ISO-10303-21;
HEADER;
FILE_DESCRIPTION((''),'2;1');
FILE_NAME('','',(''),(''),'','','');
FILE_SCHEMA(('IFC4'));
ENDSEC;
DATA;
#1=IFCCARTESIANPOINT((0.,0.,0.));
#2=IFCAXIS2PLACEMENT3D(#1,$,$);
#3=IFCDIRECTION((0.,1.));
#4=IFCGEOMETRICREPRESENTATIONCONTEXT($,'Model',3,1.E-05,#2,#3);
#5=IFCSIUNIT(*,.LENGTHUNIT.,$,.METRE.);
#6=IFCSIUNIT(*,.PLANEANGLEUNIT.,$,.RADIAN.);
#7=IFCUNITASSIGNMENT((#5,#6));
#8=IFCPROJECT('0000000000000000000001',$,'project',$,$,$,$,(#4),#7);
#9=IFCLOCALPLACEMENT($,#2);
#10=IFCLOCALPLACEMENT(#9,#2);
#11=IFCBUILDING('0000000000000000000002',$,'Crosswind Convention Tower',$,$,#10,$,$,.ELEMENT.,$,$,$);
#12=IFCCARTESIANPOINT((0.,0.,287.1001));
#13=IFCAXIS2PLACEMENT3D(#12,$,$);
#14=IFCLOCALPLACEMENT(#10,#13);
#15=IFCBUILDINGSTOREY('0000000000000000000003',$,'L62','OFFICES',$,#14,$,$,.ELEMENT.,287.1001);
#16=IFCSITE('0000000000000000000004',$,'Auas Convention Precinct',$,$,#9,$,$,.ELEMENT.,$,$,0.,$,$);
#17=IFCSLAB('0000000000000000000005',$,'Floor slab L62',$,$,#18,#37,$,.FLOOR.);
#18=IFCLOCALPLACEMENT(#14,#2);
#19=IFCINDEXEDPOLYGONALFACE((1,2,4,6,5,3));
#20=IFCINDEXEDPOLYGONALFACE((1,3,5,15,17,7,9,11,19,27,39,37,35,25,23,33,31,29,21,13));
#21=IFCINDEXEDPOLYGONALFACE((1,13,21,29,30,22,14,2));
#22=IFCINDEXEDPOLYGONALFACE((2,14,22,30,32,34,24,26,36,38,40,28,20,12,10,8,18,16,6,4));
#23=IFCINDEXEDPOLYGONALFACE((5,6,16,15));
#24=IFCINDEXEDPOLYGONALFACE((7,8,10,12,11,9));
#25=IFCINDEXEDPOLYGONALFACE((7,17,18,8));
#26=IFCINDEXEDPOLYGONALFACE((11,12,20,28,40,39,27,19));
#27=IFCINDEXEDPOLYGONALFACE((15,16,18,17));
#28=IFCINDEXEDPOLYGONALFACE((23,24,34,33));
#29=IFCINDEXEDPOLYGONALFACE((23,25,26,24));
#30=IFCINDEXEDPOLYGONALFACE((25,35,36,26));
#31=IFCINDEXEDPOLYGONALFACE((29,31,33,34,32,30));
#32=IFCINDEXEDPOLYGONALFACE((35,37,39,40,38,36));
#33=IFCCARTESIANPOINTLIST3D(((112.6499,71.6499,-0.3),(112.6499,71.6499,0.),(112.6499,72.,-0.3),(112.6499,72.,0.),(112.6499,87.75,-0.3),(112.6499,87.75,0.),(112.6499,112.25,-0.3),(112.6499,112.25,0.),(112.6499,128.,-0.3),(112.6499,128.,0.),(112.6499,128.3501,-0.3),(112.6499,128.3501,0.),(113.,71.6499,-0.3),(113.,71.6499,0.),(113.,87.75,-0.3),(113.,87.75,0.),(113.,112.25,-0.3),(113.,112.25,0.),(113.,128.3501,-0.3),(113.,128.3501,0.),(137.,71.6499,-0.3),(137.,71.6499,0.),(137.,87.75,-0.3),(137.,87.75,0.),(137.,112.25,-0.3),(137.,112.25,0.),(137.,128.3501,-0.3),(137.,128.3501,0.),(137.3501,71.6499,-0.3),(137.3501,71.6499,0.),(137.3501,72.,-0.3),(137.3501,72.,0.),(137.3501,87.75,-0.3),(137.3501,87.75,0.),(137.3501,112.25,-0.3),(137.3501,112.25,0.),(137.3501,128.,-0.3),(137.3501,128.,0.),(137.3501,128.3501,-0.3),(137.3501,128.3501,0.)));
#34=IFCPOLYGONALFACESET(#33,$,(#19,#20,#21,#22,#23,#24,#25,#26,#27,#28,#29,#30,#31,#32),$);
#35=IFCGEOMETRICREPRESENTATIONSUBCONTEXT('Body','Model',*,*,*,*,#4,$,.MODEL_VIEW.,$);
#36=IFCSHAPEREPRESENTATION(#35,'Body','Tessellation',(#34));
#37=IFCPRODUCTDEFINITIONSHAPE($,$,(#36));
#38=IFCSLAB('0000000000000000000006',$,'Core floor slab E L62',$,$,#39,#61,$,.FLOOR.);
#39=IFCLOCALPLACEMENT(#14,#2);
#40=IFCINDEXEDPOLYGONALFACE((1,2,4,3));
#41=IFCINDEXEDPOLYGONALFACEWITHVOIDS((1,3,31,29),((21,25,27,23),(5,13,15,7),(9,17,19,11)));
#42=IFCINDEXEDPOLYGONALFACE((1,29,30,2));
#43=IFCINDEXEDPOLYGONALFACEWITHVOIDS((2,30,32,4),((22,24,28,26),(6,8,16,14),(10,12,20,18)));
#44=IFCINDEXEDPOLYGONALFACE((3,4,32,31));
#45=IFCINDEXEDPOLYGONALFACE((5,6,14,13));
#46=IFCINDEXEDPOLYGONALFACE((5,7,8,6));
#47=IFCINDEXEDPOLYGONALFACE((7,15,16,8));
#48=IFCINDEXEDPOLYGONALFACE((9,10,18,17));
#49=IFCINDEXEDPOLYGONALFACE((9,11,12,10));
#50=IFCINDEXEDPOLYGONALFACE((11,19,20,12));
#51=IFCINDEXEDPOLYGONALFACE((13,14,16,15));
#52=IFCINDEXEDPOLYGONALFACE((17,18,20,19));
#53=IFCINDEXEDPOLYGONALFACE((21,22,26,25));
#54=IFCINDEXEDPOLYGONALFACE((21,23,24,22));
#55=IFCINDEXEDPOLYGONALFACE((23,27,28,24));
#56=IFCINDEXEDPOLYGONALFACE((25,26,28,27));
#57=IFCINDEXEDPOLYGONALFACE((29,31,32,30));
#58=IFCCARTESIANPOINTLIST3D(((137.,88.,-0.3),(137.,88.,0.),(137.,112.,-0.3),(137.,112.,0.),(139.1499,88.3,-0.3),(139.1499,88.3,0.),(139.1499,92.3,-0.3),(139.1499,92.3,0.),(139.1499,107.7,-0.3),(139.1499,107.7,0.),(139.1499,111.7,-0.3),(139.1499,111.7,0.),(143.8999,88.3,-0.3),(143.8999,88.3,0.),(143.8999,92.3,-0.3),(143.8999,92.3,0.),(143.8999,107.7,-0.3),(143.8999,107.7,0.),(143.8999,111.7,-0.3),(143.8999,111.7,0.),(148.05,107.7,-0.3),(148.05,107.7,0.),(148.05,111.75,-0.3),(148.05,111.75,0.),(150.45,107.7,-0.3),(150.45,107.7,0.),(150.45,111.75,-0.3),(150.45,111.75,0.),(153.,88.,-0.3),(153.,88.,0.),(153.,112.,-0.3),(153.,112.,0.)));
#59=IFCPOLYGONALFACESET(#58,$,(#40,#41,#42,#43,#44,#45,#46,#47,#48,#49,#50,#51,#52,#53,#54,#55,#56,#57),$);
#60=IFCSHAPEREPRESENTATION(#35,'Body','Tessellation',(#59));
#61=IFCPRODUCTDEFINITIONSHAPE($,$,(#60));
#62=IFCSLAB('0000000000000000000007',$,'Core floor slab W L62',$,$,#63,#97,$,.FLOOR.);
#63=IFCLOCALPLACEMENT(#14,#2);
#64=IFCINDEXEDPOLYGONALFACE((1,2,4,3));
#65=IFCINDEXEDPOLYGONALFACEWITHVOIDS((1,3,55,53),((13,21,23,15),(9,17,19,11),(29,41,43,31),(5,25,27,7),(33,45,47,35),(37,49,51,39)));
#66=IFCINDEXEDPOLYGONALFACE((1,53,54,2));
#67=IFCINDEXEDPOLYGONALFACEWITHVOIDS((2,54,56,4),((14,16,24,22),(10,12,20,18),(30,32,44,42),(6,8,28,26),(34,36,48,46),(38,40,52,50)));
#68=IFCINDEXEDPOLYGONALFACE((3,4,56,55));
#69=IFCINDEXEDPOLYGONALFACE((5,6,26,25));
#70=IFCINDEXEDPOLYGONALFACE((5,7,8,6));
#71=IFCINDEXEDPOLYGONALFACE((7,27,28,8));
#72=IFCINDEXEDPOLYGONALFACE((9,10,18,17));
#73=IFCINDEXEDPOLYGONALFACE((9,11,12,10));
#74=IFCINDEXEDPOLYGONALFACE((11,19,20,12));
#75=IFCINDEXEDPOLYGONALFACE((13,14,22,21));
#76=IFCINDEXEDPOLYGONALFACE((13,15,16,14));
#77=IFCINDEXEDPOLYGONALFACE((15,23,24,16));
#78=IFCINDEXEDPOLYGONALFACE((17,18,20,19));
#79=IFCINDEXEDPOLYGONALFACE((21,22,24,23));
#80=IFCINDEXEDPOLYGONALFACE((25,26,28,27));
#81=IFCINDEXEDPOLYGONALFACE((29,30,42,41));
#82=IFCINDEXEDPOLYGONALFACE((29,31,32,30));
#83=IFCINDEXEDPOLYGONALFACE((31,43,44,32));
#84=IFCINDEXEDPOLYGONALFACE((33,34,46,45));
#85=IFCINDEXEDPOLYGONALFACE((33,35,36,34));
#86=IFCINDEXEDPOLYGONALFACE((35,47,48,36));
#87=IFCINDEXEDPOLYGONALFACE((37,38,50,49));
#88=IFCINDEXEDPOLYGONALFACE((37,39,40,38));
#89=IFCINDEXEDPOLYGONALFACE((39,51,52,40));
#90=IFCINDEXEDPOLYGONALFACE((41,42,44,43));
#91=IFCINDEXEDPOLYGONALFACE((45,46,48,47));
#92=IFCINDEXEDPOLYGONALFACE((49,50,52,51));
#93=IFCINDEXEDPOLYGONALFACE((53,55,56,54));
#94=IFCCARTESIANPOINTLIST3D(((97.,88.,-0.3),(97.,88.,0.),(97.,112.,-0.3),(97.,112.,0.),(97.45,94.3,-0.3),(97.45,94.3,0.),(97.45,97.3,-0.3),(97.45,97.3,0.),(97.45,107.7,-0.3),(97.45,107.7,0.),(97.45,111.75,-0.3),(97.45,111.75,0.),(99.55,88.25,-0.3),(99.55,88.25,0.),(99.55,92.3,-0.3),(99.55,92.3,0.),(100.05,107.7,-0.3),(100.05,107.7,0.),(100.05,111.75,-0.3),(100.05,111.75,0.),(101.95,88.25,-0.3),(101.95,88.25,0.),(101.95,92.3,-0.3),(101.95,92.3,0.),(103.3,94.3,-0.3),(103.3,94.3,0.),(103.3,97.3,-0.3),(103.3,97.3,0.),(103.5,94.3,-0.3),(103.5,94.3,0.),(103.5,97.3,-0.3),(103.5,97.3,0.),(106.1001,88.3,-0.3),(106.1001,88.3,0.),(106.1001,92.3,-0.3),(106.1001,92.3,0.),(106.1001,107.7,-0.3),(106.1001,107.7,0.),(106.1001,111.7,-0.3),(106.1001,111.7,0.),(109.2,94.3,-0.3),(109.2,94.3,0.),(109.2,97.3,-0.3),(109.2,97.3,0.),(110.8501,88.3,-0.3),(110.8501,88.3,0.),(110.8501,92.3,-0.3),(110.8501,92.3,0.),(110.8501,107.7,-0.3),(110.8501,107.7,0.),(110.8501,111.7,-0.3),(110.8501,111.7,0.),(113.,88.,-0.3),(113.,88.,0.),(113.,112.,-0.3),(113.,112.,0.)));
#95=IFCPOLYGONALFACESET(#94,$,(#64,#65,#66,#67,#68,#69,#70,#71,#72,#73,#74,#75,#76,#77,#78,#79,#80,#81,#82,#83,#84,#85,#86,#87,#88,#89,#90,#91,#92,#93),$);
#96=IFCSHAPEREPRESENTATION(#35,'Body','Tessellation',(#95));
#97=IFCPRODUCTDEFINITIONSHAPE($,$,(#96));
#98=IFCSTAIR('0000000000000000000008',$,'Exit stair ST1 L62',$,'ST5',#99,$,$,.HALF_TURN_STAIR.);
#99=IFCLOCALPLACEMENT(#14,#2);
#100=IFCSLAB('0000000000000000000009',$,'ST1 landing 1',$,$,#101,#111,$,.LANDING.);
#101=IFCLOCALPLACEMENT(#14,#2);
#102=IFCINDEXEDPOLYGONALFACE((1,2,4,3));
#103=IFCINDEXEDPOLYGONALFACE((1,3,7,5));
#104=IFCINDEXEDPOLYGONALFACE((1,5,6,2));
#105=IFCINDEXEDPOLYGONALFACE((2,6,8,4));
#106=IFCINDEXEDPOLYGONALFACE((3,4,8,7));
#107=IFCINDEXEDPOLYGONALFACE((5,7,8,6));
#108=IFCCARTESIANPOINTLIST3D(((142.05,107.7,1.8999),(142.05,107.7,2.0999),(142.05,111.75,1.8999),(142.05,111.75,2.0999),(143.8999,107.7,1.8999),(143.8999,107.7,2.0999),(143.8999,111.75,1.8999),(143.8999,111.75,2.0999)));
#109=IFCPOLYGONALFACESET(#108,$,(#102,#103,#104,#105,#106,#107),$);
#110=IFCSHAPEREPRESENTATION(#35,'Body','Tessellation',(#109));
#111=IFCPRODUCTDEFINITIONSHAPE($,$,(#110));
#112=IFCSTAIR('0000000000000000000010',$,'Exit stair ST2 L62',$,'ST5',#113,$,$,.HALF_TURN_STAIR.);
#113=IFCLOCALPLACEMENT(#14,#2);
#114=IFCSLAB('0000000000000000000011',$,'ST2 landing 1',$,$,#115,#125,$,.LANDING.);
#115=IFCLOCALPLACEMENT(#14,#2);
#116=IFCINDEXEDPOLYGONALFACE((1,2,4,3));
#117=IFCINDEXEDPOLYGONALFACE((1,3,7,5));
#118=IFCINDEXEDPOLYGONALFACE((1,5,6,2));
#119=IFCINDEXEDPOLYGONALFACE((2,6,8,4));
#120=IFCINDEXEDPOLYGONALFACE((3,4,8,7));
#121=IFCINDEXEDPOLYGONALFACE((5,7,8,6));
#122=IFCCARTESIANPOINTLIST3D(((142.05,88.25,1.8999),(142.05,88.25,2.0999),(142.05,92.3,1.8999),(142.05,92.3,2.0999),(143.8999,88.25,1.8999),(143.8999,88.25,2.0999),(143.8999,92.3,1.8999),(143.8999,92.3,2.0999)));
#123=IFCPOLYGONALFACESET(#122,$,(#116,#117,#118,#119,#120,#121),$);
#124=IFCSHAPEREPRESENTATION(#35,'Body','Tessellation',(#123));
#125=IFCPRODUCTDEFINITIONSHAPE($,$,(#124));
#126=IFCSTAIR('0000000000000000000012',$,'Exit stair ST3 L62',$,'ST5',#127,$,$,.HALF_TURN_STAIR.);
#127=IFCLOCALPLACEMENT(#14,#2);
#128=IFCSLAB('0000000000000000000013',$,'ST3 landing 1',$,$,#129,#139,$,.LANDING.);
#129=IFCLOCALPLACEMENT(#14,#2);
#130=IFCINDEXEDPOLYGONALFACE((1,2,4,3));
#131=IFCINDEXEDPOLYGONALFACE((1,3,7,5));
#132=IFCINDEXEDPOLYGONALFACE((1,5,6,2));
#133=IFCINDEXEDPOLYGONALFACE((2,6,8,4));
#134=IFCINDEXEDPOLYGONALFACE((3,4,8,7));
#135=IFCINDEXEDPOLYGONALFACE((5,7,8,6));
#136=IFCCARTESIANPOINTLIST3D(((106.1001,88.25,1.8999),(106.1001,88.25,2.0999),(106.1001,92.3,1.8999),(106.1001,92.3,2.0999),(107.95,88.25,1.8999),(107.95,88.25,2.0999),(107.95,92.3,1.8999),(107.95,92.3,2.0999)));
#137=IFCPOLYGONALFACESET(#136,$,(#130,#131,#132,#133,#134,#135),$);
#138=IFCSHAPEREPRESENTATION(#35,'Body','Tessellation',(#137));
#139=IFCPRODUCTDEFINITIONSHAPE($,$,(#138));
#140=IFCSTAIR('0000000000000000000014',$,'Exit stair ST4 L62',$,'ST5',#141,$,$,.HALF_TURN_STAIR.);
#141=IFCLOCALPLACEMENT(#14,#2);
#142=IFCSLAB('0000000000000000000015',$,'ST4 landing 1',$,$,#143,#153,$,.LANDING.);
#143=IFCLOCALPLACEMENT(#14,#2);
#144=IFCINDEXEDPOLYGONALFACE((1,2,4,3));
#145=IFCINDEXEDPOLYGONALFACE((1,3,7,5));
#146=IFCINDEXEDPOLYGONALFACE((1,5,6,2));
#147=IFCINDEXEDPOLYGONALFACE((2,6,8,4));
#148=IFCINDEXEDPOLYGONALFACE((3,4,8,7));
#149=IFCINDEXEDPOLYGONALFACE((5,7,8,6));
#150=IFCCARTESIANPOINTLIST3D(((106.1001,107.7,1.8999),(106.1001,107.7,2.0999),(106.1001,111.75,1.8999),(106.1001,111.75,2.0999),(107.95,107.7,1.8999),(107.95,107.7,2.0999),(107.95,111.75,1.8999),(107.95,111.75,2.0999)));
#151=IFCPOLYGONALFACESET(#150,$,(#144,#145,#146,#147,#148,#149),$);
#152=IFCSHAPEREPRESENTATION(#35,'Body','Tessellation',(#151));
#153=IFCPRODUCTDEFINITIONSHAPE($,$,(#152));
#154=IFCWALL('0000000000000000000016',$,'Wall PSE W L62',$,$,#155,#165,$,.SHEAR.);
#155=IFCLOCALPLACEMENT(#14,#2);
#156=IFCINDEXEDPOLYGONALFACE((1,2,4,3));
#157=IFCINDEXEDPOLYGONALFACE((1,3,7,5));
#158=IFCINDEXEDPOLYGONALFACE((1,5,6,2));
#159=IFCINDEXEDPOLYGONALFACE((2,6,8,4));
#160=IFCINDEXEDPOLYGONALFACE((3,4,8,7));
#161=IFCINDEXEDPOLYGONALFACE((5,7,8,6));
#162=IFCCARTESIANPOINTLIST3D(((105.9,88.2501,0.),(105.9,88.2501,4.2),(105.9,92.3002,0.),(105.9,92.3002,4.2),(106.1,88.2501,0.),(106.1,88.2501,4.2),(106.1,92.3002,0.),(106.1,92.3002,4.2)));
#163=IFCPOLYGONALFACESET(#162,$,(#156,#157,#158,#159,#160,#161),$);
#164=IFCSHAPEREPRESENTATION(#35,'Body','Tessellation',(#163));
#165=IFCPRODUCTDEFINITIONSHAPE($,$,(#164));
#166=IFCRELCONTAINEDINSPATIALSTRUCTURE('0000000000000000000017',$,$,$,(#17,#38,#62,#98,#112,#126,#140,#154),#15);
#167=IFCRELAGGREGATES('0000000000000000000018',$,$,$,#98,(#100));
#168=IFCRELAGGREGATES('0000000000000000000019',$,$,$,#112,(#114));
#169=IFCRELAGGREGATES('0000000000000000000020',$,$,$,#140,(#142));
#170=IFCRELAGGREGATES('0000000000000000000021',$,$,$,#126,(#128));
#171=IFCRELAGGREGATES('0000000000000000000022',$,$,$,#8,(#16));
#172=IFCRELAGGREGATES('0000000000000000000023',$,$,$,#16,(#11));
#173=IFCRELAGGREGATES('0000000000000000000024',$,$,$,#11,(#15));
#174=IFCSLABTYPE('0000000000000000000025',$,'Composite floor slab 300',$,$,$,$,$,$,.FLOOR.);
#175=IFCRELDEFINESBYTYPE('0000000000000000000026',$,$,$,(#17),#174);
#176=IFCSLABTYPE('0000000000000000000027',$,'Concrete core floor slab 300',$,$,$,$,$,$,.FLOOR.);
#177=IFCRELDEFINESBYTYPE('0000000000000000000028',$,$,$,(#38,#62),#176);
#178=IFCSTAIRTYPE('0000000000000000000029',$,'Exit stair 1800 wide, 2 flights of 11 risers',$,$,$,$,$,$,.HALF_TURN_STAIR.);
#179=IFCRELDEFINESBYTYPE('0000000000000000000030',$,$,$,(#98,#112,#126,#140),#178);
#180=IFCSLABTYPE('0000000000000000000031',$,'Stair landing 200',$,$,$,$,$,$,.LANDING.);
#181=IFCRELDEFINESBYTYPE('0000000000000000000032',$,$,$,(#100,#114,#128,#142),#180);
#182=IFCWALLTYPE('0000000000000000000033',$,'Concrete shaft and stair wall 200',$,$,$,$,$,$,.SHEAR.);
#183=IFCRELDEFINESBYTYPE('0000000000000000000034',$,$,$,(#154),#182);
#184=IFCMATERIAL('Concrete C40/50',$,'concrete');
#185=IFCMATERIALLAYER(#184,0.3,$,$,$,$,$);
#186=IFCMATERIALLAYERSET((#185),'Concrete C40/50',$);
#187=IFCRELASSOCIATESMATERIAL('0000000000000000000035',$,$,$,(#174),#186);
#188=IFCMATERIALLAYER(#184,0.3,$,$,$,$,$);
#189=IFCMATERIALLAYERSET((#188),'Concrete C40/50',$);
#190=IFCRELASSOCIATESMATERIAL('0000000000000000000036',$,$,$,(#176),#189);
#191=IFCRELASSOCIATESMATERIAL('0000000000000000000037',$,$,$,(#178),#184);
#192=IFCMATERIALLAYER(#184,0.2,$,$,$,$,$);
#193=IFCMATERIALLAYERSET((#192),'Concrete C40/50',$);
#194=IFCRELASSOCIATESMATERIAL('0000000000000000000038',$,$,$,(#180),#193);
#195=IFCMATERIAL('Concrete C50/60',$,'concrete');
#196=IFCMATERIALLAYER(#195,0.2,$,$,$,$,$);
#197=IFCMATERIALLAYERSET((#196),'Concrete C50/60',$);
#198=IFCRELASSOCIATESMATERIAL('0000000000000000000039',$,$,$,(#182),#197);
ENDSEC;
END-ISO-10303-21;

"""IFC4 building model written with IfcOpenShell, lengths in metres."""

from ifc_helpers import new_model, si_unit, direction, frame, frame_2d, origin, place, context, subcontext, project, spatial, polyline, rectangle, outline, extrude, material, layer, layer_set, type_object, element, aggregate, save


model = new_model("IFC4")

# Units and contexts
model_context = context("Model", 3, precision=1e-05, world=origin(), true_north=direction((0.0, 1.0)))
body_context = subcontext(model_context, "Body", "Model", "MODEL_VIEW")
ifc_project = project(units=[si_unit("LENGTHUNIT", "METRE"), si_unit("PLANEANGLEUNIT", "RADIAN")], contexts=[model_context])

# Site, building, storey
site_placement = place(None, origin())
site = spatial("IfcSite", under=ifc_project, at=site_placement, Name="Auas Convention Precinct", CompositionType="ELEMENT", RefElevation=0.0)
building_placement = place(site_placement, origin())
building = spatial("IfcBuilding", under=site, at=building_placement, Name="Crosswind Convention Tower", CompositionType="ELEMENT")
storey_placement = place(building_placement, frame((0.0, 0.0, 287.1001)))
storey = spatial("IfcBuildingStorey", under=building, at=storey_placement, Name="L62", Description="OFFICES", CompositionType="ELEMENT", Elevation=287.1001)

# Slabs
ifc_material_1 = material(Name="Concrete C40/50", Category="concrete")
ifc_layer_1 = layer(ifc_material_1, 0.3)
ifc_layer_set_1 = layer_set([ifc_layer_1], Name="Concrete C40/50")
slab_type_1 = type_object("IfcSlabType", Name="Composite floor slab 300", PredefinedType="FLOOR", material=ifc_layer_set_1)
slab_1_placement = place(storey_placement, frame((0.0, 0.0, -0.3)))
element("IfcSlab", 1, at=slab_1_placement, inside=storey, type_object=slab_type_1, Name="Floor slab L62", PredefinedType="FLOOR", context=body_context, shape_type="SweptSolid", body=[
    extrude(outline(polyline([(137.3501, 71.6499), (137.0, 71.6499), (113.0, 71.6499), (112.6499, 71.6499), (112.6499, 72.0), (112.6499, 87.75), (113.0, 87.75), (113.0, 112.25), (112.6499, 112.25), (112.6499, 128.0), (112.6499, 128.3501), (113.0, 128.3501), (137.0, 128.3501), (137.3501, 128.3501), (137.3501, 128.0), (137.3501, 112.25), (137.0, 112.25), (137.0, 87.75), (137.3501, 87.75), (137.3501, 72.0), (137.3501, 71.6499)])), origin(), (0.0, 0.0, 1.0), 0.3),
])
ifc_layer_2 = layer(ifc_material_1, 0.3)
ifc_layer_set_2 = layer_set([ifc_layer_2], Name="Concrete C40/50")
slab_type_2 = type_object("IfcSlabType", Name="Concrete core floor slab 300", PredefinedType="FLOOR", material=ifc_layer_set_2)
slab_2_placement = place(storey_placement, frame((0.0, 0.0, -0.3)))
element("IfcSlab", 2, at=slab_2_placement, inside=storey, type_object=slab_type_2, Name="Core floor slab E L62", PredefinedType="FLOOR", context=body_context, shape_type="SweptSolid", body=[
    extrude(outline(polyline([(137.0, 88.0), (153.0, 88.0), (153.0, 112.0), (137.0, 112.0), (137.0, 88.0)]), holes=[polyline([(150.45, 107.7), (150.45, 111.75), (148.05, 111.75), (148.05, 107.7), (150.45, 107.7)]), polyline([(143.8999, 107.7), (143.8999, 111.7), (139.1499, 111.7), (139.1499, 107.7), (143.8999, 107.7)]), polyline([(143.8999, 88.3), (143.8999, 92.3), (139.1499, 92.3), (139.1499, 88.3), (143.8999, 88.3)])]), origin(), (0.0, 0.0, 1.0), 0.3),
])
slab_3_placement = place(storey_placement, frame((0.0, 0.0, -0.3)))
element("IfcSlab", 3, at=slab_3_placement, inside=storey, type_object=slab_type_2, Name="Core floor slab W L62", PredefinedType="FLOOR", context=body_context, shape_type="SweptSolid", body=[
    extrude(outline(polyline([(97.0, 88.0), (113.0, 88.0), (113.0, 112.0), (97.0, 112.0), (97.0, 88.0)]), holes=[polyline([(109.2, 94.3), (109.2, 97.3), (103.5, 97.3), (103.5, 94.3), (109.2, 94.3)]), polyline([(103.3, 94.3), (103.3, 97.3), (97.45, 97.3), (97.45, 94.3), (103.3, 94.3)]), polyline([(101.95, 88.25), (101.95, 92.3), (99.55, 92.3), (99.55, 88.25), (101.95, 88.25)]), polyline([(100.05, 107.7), (100.05, 111.75), (97.45, 111.75), (97.45, 107.7), (100.05, 107.7)]), polyline([(110.8501, 88.3), (110.8501, 92.3), (106.1001, 92.3), (106.1001, 88.3), (110.8501, 88.3)]), polyline([(110.8501, 107.7), (110.8501, 111.7), (106.1001, 111.7), (106.1001, 107.7), (110.8501, 107.7)])]), origin(), (0.0, 0.0, 1.0), 0.3),
])

# Stairs, slabs
stair_type = type_object("IfcStairType", Name="Exit stair 1800 wide, 2 flights of 11 risers", PredefinedType="HALF_TURN_STAIR", material=ifc_material_1)
stair_1_placement = place(storey_placement, origin())
stair_1 = element("IfcStair", 4, at=stair_1_placement, inside=storey, type_object=stair_type, Name="Exit stair ST1 L62", ObjectType="ST5", PredefinedType="HALF_TURN_STAIR")
ifc_layer_3 = layer(ifc_material_1, 0.2)
ifc_layer_set_3 = layer_set([ifc_layer_3], Name="Concrete C40/50")
slab_type_3 = type_object("IfcSlabType", Name="Stair landing 200", PredefinedType="LANDING", material=ifc_layer_set_3)
slab_4_placement = place(storey_placement, frame((0.0, 0.0, 1.8999)))
slab_4 = element("IfcSlab", 5, at=slab_4_placement, type_object=slab_type_3, Name="ST1 landing 1", PredefinedType="LANDING", context=body_context, shape_type="SweptSolid", body=[
    extrude(outline(polyline([(143.8999, 107.7), (143.8999, 111.75), (142.05, 111.75), (142.05, 107.7), (143.8999, 107.7)])), origin(), (0.0, 0.0, 1.0), 0.2),
])
aggregate(stair_1, [slab_4])
stair_2_placement = place(storey_placement, origin())
stair_2 = element("IfcStair", 6, at=stair_2_placement, inside=storey, type_object=stair_type, Name="Exit stair ST2 L62", ObjectType="ST5", PredefinedType="HALF_TURN_STAIR")
slab_5_placement = place(storey_placement, frame((0.0, 0.0, 1.8999)))
slab_5 = element("IfcSlab", 7, at=slab_5_placement, type_object=slab_type_3, Name="ST2 landing 1", PredefinedType="LANDING", context=body_context, shape_type="SweptSolid", body=[
    extrude(outline(polyline([(143.8999, 88.25), (143.8999, 92.3), (142.05, 92.3), (142.05, 88.25), (143.8999, 88.25)])), origin(), (0.0, 0.0, 1.0), 0.2),
])
aggregate(stair_2, [slab_5])
stair_3_placement = place(storey_placement, origin())
stair_3 = element("IfcStair", 8, at=stair_3_placement, inside=storey, type_object=stair_type, Name="Exit stair ST3 L62", ObjectType="ST5", PredefinedType="HALF_TURN_STAIR")
slab_6_placement = place(storey_placement, frame((0.0, 0.0, 1.8999)))
slab_6 = element("IfcSlab", 9, at=slab_6_placement, type_object=slab_type_3, Name="ST3 landing 1", PredefinedType="LANDING", context=body_context, shape_type="SweptSolid", body=[
    extrude(outline(polyline([(107.95, 88.25), (107.95, 92.3), (106.1001, 92.3), (106.1001, 88.25), (107.95, 88.25)])), origin(), (0.0, 0.0, 1.0), 0.2),
])
stair_4_placement = place(storey_placement, origin())
stair_4 = element("IfcStair", 10, at=stair_4_placement, inside=storey, type_object=stair_type, Name="Exit stair ST4 L62", ObjectType="ST5", PredefinedType="HALF_TURN_STAIR")
slab_7_placement = place(storey_placement, frame((0.0, 0.0, 1.8999)))
slab_7 = element("IfcSlab", 11, at=slab_7_placement, type_object=slab_type_3, Name="ST4 landing 1", PredefinedType="LANDING", context=body_context, shape_type="SweptSolid", body=[
    extrude(outline(polyline([(107.95, 107.7), (107.95, 111.75), (106.1001, 111.75), (106.1001, 107.7), (107.95, 107.7)])), origin(), (0.0, 0.0, 1.0), 0.2),
])
aggregate(stair_4, [slab_7])

# Wall
ifc_material_2 = material(Name="Concrete C50/60", Category="concrete")
ifc_layer_4 = layer(ifc_material_2, 0.2)
ifc_layer_set_4 = layer_set([ifc_layer_4], Name="Concrete C50/60")
wall_type_1 = type_object("IfcWallType", Name="Concrete shaft and stair wall 200", PredefinedType="SHEAR", material=ifc_layer_set_4)
wall_1_placement = place(storey_placement, frame((106.0, 92.3, 0.0), z_axis=(0.0, 0.0, 1.0), x_axis=(0.0, -1.0, 0.0)))
element("IfcWall", 12, at=wall_1_placement, inside=storey, type_object=wall_type_1, Name="Wall PSE W L62", PredefinedType="SHEAR", context=body_context, shape_type="SweptSolid", body=[
    extrude(rectangle(XDim=4.05, YDim=0.2, at=frame_2d((2.0249, 0.0))), origin(), (0.0, 0.0, 1.0), 4.2),
])

aggregate(stair_3, [slab_6])

save(model, "model.ifc")
